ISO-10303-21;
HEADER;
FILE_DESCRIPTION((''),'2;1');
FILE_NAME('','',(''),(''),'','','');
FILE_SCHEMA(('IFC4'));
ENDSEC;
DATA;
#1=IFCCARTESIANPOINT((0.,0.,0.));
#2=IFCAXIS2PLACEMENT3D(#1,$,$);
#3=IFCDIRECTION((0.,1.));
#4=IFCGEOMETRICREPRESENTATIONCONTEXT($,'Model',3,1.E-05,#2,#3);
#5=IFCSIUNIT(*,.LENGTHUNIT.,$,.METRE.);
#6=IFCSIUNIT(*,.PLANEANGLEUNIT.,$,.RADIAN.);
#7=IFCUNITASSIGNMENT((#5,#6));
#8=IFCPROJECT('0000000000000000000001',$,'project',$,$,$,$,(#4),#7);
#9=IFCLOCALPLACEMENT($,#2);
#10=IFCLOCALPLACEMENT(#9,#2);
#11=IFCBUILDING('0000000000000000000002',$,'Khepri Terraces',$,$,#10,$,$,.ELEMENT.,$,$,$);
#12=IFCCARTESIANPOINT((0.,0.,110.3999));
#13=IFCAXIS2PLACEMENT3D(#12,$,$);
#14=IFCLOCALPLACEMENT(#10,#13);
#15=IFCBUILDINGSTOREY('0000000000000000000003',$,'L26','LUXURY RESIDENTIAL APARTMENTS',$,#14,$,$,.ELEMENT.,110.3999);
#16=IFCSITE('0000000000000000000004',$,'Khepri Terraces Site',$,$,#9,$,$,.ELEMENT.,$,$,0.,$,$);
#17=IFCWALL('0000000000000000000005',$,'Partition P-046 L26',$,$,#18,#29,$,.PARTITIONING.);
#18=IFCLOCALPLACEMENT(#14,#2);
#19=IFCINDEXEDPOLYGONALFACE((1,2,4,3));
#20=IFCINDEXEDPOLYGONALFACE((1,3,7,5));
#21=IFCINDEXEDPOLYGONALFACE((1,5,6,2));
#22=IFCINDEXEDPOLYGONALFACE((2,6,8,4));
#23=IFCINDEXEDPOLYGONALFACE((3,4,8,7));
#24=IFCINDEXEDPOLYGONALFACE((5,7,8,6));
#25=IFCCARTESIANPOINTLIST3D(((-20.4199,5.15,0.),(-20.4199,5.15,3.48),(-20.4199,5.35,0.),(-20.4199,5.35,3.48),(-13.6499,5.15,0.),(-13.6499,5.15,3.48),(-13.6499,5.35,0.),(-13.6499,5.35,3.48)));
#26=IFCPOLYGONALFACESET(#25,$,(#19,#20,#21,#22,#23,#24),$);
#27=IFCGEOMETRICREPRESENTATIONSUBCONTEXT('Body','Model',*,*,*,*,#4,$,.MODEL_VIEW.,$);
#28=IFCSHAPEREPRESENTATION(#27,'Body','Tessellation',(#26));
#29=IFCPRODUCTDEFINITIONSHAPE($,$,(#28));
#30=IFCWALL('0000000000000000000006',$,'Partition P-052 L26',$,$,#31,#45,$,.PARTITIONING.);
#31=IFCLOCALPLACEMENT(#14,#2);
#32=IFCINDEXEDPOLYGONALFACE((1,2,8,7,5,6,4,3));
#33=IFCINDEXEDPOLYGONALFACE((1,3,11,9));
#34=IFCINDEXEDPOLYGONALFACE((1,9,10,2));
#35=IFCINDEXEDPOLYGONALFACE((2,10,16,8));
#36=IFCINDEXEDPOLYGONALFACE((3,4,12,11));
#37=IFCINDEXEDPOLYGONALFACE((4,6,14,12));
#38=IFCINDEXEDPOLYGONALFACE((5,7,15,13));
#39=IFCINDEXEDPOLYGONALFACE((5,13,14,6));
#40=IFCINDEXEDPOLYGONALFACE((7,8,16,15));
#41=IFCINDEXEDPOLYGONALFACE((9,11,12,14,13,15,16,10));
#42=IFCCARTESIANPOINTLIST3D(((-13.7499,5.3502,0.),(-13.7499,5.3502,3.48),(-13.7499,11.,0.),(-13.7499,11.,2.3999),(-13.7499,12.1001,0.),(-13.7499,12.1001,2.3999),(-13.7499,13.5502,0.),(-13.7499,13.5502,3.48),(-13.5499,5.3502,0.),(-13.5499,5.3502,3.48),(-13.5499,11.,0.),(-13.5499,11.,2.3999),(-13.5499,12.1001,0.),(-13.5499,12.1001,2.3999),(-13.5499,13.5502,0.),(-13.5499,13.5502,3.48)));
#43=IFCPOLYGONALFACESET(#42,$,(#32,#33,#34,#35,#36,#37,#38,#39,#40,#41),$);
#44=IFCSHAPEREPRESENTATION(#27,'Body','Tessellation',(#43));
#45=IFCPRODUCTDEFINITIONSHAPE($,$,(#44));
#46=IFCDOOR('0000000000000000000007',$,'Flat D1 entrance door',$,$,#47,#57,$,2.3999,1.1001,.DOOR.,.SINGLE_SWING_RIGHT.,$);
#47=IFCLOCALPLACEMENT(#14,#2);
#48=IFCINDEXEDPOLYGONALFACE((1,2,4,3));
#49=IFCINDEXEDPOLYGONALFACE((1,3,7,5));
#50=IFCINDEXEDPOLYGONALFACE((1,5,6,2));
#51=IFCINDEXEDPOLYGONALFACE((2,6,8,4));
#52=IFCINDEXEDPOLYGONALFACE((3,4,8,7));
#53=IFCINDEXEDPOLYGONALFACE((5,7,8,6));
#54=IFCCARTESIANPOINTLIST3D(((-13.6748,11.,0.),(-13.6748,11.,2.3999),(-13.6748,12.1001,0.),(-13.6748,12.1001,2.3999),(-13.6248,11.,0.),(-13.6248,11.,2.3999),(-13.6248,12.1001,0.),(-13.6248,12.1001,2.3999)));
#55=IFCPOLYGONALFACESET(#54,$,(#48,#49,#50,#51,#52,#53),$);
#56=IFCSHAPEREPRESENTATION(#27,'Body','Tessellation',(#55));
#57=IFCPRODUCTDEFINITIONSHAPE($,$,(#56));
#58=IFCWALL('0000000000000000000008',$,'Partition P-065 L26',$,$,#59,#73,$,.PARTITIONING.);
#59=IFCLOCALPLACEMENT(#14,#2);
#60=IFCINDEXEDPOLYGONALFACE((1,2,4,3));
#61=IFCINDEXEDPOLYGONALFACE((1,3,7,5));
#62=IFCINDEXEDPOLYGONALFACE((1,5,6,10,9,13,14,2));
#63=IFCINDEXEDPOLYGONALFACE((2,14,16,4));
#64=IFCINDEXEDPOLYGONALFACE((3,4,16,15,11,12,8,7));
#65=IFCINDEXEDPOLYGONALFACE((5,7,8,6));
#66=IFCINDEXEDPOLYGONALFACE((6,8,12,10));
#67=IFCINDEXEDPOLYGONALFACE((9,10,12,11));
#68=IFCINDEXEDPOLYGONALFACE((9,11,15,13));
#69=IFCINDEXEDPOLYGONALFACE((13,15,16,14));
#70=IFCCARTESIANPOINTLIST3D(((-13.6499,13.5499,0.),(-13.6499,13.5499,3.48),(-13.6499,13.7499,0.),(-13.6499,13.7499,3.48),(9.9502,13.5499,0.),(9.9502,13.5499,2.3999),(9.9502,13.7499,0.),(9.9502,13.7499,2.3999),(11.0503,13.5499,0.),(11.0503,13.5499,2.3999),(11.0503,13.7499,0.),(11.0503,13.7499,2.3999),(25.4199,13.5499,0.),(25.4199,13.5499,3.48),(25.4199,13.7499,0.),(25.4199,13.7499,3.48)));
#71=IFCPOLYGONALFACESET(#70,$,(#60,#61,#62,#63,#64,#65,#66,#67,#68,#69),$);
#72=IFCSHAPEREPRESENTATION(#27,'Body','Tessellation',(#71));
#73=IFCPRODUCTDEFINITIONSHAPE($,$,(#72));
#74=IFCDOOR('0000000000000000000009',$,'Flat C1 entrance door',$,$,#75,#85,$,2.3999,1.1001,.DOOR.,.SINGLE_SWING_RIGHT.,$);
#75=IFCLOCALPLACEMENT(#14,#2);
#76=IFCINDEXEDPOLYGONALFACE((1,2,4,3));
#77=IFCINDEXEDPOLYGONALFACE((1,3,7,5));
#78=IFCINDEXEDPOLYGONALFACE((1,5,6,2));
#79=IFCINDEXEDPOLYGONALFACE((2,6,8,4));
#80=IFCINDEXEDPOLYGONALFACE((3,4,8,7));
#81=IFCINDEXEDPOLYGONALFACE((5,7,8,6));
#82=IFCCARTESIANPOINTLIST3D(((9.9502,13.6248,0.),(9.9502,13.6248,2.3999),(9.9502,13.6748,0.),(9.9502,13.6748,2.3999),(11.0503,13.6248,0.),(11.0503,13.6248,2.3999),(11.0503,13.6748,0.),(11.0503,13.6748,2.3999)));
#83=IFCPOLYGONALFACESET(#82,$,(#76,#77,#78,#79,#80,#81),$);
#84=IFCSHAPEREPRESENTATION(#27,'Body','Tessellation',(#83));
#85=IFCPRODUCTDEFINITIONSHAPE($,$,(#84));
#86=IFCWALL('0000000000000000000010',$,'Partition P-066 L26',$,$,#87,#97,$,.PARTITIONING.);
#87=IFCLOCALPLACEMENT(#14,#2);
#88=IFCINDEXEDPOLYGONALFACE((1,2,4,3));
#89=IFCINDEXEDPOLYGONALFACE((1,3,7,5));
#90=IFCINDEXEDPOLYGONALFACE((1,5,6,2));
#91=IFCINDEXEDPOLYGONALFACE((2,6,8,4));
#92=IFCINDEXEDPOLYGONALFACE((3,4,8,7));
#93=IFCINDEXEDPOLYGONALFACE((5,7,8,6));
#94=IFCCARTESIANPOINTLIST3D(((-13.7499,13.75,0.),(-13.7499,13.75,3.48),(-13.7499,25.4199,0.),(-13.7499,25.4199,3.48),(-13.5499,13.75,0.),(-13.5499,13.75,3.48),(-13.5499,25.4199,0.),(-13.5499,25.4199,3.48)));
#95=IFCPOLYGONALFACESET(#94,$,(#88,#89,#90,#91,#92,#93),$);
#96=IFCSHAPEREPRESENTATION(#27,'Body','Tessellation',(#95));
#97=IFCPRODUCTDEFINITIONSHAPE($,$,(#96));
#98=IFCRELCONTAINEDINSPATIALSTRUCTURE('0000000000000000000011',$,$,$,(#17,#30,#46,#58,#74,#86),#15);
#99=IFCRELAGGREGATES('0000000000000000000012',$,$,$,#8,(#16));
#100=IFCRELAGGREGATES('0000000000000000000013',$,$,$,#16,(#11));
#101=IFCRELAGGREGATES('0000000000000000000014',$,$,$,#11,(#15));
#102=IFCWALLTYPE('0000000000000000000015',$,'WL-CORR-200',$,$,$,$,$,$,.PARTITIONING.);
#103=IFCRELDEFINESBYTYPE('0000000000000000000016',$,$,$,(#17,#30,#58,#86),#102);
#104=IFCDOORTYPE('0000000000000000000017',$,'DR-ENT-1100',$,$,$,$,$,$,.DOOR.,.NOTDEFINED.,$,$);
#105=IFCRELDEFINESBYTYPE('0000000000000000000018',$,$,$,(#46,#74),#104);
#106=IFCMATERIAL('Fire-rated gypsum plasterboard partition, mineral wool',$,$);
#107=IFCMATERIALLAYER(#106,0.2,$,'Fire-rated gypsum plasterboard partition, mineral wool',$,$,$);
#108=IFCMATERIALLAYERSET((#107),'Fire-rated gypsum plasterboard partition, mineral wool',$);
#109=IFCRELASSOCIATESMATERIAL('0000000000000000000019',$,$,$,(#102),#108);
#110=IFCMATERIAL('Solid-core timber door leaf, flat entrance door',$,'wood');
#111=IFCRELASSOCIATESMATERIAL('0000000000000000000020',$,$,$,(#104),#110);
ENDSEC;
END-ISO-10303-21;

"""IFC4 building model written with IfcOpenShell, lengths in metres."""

from ifc_helpers import new_model, si_unit, direction, frame, frame_2d, origin, place, context, subcontext, project, spatial, rectangle, extrude, material, layer, layer_set, type_object, element, fill, save


model = new_model("IFC4")

# Units and contexts
model_context = context("Model", 3, precision=1e-05, world=origin(), true_north=direction((0.0, 1.0)))
body_context = subcontext(model_context, "Body", "Model", "MODEL_VIEW")
ifc_project = project(units=[si_unit("LENGTHUNIT", "METRE"), si_unit("PLANEANGLEUNIT", "RADIAN")], contexts=[model_context])

# Site, building, storey
site_placement = place(None, origin())
site = spatial("IfcSite", under=ifc_project, at=site_placement, Name="Khepri Terraces Site", CompositionType="ELEMENT", RefElevation=0.0)
building_placement = place(site_placement, origin())
building = spatial("IfcBuilding", under=site, at=building_placement, Name="Khepri Terraces", CompositionType="ELEMENT")
storey_placement = place(building_placement, frame((0.0, 0.0, 110.3999)))
storey = spatial("IfcBuildingStorey", under=building, at=storey_placement, Name="L26", Description="LUXURY RESIDENTIAL APARTMENTS", CompositionType="ELEMENT", Elevation=110.3999)

# Wall
ifc_material_1 = material(Name="Fire-rated gypsum plasterboard partition, mineral wool")
ifc_layer_1 = layer(ifc_material_1, 0.2, Name="Fire-rated gypsum plasterboard partition, mineral wool")
ifc_layer_set_1 = layer_set([ifc_layer_1], Name="Fire-rated gypsum plasterboard partition, mineral wool")
wall_type_1 = type_object("IfcWallType", Name="WL-CORR-200", PredefinedType="PARTITIONING", material=ifc_layer_set_1)
wall_1_placement = place(storey_placement, frame((-20.4199, 5.25, 0.0), z_axis=(0.0, 0.0, 1.0), x_axis=(1.0, 0.0, 0.0)))
element("IfcWall", 1, at=wall_1_placement, inside=storey, type_object=wall_type_1, Name="Partition P-046 L26", PredefinedType="PARTITIONING", context=body_context, shape_type="SweptSolid", body=[
    extrude(rectangle(XDim=6.77, YDim=0.2, at=frame_2d((3.385, 0.0))), origin(), (0.0, 0.0, 1.0), 3.48),
])

# Walls, openings, doors
wall_2_placement = place(storey_placement, frame((-13.6499, 5.3501, 0.0), z_axis=(0.0, 0.0, 1.0), x_axis=(0.0, 1.0, 0.0)))
wall_2 = element("IfcWall", 2, at=wall_2_placement, inside=storey, type_object=wall_type_1, Name="Partition P-052 L26", PredefinedType="PARTITIONING", context=body_context, shape_type="SweptSolid", body=[
    extrude(rectangle(XDim=8.2, YDim=0.2, at=frame_2d((4.1001, 0.0))), origin(), (0.0, 0.0, 1.0), 3.48),
])
opening_1_placement = place(wall_2_placement, frame((5.6499, 0.0, 0.0)))
opening_1 = element("IfcOpeningElement", 3, at=opening_1_placement, cuts=wall_2, PredefinedType="OPENING", context=body_context, shape_type="SweptSolid", body=[
    extrude(rectangle(XDim=1.1001, YDim=2.3999, at=frame_2d((0.55, 1.2))), frame((0.0, 0.1099, 0.0), z_axis=(0.0, -1.0, 0.0), x_axis=(1.0, 0.0, 0.0)), (0.0, 0.0, 1.0), 0.22),
])
ifc_material_2 = material(Name="Solid-core timber door leaf, flat entrance door", Category="wood")
door_type_1 = type_object("IfcDoorType", Name="DR-ENT-1100", OperationType="NOTDEFINED", PredefinedType="DOOR", material=ifc_material_2)
door_1_placement = place(opening_1_placement, origin())
door_1 = element("IfcDoor", 4, at=door_1_placement, inside=storey, type_object=door_type_1, Name="Flat D1 entrance door", OperationType="SINGLE_SWING_RIGHT", OverallHeight=2.3999, OverallWidth=1.1001, PredefinedType="DOOR", context=body_context, shape_type="SweptSolid", body=[
    extrude(rectangle(XDim=1.1001, YDim=2.3999, at=frame_2d((0.55, 1.2))), frame((0.0, 0.0249, 0.0), z_axis=(0.0, -1.0, 0.0), x_axis=(1.0, 0.0, 0.0)), (0.0, 0.0, 1.0), 0.05),
])
fill(opening_1, door_1)
wall_3_placement = place(storey_placement, frame((-13.6499, 13.6499, 0.0), z_axis=(0.0, 0.0, 1.0), x_axis=(1.0, 0.0, 0.0)))
wall_3 = element("IfcWall", 5, at=wall_3_placement, inside=storey, type_object=wall_type_1, Name="Partition P-065 L26", PredefinedType="PARTITIONING", context=body_context, shape_type="SweptSolid", body=[
    extrude(rectangle(XDim=39.0698, YDim=0.2, at=frame_2d((19.5349, 0.0))), origin(), (0.0, 0.0, 1.0), 3.48),
])
opening_2_placement = place(wall_3_placement, frame((23.6001, 0.0, 0.0)))
opening_2 = element("IfcOpeningElement", 6, at=opening_2_placement, cuts=wall_3, PredefinedType="OPENING", context=body_context, shape_type="SweptSolid", body=[
    extrude(rectangle(XDim=1.1001, YDim=2.3999, at=frame_2d((0.55, 1.2))), frame((0.0, 0.1099, 0.0), z_axis=(0.0, -1.0, 0.0), x_axis=(1.0, 0.0, 0.0)), (0.0, 0.0, 1.0), 0.22),
])
door_2_placement = place(opening_2_placement, origin())
door_2 = element("IfcDoor", 7, at=door_2_placement, inside=storey, type_object=door_type_1, Name="Flat C1 entrance door", OperationType="SINGLE_SWING_RIGHT", OverallHeight=2.3999, OverallWidth=1.1001, PredefinedType="DOOR", context=body_context, shape_type="SweptSolid", body=[
    extrude(rectangle(XDim=1.1001, YDim=2.3999, at=frame_2d((0.55, 1.2))), frame((0.0, 0.0249, 0.0), z_axis=(0.0, -1.0, 0.0), x_axis=(1.0, 0.0, 0.0)), (0.0, 0.0, 1.0), 0.05),
])
fill(opening_2, door_2)

# Wall
wall_4_placement = place(storey_placement, frame((-13.6499, 13.75, 0.0), z_axis=(0.0, 0.0, 1.0), x_axis=(0.0, 1.0, 0.0)))
element("IfcWall", 8, at=wall_4_placement, inside=storey, type_object=wall_type_1, Name="Partition P-066 L26", PredefinedType="PARTITIONING", context=body_context, shape_type="SweptSolid", body=[
    extrude(rectangle(XDim=11.6699, YDim=0.2, at=frame_2d((5.835, 0.0))), origin(), (0.0, 0.0, 1.0), 3.48),
])

save(model, "model.ifc")
